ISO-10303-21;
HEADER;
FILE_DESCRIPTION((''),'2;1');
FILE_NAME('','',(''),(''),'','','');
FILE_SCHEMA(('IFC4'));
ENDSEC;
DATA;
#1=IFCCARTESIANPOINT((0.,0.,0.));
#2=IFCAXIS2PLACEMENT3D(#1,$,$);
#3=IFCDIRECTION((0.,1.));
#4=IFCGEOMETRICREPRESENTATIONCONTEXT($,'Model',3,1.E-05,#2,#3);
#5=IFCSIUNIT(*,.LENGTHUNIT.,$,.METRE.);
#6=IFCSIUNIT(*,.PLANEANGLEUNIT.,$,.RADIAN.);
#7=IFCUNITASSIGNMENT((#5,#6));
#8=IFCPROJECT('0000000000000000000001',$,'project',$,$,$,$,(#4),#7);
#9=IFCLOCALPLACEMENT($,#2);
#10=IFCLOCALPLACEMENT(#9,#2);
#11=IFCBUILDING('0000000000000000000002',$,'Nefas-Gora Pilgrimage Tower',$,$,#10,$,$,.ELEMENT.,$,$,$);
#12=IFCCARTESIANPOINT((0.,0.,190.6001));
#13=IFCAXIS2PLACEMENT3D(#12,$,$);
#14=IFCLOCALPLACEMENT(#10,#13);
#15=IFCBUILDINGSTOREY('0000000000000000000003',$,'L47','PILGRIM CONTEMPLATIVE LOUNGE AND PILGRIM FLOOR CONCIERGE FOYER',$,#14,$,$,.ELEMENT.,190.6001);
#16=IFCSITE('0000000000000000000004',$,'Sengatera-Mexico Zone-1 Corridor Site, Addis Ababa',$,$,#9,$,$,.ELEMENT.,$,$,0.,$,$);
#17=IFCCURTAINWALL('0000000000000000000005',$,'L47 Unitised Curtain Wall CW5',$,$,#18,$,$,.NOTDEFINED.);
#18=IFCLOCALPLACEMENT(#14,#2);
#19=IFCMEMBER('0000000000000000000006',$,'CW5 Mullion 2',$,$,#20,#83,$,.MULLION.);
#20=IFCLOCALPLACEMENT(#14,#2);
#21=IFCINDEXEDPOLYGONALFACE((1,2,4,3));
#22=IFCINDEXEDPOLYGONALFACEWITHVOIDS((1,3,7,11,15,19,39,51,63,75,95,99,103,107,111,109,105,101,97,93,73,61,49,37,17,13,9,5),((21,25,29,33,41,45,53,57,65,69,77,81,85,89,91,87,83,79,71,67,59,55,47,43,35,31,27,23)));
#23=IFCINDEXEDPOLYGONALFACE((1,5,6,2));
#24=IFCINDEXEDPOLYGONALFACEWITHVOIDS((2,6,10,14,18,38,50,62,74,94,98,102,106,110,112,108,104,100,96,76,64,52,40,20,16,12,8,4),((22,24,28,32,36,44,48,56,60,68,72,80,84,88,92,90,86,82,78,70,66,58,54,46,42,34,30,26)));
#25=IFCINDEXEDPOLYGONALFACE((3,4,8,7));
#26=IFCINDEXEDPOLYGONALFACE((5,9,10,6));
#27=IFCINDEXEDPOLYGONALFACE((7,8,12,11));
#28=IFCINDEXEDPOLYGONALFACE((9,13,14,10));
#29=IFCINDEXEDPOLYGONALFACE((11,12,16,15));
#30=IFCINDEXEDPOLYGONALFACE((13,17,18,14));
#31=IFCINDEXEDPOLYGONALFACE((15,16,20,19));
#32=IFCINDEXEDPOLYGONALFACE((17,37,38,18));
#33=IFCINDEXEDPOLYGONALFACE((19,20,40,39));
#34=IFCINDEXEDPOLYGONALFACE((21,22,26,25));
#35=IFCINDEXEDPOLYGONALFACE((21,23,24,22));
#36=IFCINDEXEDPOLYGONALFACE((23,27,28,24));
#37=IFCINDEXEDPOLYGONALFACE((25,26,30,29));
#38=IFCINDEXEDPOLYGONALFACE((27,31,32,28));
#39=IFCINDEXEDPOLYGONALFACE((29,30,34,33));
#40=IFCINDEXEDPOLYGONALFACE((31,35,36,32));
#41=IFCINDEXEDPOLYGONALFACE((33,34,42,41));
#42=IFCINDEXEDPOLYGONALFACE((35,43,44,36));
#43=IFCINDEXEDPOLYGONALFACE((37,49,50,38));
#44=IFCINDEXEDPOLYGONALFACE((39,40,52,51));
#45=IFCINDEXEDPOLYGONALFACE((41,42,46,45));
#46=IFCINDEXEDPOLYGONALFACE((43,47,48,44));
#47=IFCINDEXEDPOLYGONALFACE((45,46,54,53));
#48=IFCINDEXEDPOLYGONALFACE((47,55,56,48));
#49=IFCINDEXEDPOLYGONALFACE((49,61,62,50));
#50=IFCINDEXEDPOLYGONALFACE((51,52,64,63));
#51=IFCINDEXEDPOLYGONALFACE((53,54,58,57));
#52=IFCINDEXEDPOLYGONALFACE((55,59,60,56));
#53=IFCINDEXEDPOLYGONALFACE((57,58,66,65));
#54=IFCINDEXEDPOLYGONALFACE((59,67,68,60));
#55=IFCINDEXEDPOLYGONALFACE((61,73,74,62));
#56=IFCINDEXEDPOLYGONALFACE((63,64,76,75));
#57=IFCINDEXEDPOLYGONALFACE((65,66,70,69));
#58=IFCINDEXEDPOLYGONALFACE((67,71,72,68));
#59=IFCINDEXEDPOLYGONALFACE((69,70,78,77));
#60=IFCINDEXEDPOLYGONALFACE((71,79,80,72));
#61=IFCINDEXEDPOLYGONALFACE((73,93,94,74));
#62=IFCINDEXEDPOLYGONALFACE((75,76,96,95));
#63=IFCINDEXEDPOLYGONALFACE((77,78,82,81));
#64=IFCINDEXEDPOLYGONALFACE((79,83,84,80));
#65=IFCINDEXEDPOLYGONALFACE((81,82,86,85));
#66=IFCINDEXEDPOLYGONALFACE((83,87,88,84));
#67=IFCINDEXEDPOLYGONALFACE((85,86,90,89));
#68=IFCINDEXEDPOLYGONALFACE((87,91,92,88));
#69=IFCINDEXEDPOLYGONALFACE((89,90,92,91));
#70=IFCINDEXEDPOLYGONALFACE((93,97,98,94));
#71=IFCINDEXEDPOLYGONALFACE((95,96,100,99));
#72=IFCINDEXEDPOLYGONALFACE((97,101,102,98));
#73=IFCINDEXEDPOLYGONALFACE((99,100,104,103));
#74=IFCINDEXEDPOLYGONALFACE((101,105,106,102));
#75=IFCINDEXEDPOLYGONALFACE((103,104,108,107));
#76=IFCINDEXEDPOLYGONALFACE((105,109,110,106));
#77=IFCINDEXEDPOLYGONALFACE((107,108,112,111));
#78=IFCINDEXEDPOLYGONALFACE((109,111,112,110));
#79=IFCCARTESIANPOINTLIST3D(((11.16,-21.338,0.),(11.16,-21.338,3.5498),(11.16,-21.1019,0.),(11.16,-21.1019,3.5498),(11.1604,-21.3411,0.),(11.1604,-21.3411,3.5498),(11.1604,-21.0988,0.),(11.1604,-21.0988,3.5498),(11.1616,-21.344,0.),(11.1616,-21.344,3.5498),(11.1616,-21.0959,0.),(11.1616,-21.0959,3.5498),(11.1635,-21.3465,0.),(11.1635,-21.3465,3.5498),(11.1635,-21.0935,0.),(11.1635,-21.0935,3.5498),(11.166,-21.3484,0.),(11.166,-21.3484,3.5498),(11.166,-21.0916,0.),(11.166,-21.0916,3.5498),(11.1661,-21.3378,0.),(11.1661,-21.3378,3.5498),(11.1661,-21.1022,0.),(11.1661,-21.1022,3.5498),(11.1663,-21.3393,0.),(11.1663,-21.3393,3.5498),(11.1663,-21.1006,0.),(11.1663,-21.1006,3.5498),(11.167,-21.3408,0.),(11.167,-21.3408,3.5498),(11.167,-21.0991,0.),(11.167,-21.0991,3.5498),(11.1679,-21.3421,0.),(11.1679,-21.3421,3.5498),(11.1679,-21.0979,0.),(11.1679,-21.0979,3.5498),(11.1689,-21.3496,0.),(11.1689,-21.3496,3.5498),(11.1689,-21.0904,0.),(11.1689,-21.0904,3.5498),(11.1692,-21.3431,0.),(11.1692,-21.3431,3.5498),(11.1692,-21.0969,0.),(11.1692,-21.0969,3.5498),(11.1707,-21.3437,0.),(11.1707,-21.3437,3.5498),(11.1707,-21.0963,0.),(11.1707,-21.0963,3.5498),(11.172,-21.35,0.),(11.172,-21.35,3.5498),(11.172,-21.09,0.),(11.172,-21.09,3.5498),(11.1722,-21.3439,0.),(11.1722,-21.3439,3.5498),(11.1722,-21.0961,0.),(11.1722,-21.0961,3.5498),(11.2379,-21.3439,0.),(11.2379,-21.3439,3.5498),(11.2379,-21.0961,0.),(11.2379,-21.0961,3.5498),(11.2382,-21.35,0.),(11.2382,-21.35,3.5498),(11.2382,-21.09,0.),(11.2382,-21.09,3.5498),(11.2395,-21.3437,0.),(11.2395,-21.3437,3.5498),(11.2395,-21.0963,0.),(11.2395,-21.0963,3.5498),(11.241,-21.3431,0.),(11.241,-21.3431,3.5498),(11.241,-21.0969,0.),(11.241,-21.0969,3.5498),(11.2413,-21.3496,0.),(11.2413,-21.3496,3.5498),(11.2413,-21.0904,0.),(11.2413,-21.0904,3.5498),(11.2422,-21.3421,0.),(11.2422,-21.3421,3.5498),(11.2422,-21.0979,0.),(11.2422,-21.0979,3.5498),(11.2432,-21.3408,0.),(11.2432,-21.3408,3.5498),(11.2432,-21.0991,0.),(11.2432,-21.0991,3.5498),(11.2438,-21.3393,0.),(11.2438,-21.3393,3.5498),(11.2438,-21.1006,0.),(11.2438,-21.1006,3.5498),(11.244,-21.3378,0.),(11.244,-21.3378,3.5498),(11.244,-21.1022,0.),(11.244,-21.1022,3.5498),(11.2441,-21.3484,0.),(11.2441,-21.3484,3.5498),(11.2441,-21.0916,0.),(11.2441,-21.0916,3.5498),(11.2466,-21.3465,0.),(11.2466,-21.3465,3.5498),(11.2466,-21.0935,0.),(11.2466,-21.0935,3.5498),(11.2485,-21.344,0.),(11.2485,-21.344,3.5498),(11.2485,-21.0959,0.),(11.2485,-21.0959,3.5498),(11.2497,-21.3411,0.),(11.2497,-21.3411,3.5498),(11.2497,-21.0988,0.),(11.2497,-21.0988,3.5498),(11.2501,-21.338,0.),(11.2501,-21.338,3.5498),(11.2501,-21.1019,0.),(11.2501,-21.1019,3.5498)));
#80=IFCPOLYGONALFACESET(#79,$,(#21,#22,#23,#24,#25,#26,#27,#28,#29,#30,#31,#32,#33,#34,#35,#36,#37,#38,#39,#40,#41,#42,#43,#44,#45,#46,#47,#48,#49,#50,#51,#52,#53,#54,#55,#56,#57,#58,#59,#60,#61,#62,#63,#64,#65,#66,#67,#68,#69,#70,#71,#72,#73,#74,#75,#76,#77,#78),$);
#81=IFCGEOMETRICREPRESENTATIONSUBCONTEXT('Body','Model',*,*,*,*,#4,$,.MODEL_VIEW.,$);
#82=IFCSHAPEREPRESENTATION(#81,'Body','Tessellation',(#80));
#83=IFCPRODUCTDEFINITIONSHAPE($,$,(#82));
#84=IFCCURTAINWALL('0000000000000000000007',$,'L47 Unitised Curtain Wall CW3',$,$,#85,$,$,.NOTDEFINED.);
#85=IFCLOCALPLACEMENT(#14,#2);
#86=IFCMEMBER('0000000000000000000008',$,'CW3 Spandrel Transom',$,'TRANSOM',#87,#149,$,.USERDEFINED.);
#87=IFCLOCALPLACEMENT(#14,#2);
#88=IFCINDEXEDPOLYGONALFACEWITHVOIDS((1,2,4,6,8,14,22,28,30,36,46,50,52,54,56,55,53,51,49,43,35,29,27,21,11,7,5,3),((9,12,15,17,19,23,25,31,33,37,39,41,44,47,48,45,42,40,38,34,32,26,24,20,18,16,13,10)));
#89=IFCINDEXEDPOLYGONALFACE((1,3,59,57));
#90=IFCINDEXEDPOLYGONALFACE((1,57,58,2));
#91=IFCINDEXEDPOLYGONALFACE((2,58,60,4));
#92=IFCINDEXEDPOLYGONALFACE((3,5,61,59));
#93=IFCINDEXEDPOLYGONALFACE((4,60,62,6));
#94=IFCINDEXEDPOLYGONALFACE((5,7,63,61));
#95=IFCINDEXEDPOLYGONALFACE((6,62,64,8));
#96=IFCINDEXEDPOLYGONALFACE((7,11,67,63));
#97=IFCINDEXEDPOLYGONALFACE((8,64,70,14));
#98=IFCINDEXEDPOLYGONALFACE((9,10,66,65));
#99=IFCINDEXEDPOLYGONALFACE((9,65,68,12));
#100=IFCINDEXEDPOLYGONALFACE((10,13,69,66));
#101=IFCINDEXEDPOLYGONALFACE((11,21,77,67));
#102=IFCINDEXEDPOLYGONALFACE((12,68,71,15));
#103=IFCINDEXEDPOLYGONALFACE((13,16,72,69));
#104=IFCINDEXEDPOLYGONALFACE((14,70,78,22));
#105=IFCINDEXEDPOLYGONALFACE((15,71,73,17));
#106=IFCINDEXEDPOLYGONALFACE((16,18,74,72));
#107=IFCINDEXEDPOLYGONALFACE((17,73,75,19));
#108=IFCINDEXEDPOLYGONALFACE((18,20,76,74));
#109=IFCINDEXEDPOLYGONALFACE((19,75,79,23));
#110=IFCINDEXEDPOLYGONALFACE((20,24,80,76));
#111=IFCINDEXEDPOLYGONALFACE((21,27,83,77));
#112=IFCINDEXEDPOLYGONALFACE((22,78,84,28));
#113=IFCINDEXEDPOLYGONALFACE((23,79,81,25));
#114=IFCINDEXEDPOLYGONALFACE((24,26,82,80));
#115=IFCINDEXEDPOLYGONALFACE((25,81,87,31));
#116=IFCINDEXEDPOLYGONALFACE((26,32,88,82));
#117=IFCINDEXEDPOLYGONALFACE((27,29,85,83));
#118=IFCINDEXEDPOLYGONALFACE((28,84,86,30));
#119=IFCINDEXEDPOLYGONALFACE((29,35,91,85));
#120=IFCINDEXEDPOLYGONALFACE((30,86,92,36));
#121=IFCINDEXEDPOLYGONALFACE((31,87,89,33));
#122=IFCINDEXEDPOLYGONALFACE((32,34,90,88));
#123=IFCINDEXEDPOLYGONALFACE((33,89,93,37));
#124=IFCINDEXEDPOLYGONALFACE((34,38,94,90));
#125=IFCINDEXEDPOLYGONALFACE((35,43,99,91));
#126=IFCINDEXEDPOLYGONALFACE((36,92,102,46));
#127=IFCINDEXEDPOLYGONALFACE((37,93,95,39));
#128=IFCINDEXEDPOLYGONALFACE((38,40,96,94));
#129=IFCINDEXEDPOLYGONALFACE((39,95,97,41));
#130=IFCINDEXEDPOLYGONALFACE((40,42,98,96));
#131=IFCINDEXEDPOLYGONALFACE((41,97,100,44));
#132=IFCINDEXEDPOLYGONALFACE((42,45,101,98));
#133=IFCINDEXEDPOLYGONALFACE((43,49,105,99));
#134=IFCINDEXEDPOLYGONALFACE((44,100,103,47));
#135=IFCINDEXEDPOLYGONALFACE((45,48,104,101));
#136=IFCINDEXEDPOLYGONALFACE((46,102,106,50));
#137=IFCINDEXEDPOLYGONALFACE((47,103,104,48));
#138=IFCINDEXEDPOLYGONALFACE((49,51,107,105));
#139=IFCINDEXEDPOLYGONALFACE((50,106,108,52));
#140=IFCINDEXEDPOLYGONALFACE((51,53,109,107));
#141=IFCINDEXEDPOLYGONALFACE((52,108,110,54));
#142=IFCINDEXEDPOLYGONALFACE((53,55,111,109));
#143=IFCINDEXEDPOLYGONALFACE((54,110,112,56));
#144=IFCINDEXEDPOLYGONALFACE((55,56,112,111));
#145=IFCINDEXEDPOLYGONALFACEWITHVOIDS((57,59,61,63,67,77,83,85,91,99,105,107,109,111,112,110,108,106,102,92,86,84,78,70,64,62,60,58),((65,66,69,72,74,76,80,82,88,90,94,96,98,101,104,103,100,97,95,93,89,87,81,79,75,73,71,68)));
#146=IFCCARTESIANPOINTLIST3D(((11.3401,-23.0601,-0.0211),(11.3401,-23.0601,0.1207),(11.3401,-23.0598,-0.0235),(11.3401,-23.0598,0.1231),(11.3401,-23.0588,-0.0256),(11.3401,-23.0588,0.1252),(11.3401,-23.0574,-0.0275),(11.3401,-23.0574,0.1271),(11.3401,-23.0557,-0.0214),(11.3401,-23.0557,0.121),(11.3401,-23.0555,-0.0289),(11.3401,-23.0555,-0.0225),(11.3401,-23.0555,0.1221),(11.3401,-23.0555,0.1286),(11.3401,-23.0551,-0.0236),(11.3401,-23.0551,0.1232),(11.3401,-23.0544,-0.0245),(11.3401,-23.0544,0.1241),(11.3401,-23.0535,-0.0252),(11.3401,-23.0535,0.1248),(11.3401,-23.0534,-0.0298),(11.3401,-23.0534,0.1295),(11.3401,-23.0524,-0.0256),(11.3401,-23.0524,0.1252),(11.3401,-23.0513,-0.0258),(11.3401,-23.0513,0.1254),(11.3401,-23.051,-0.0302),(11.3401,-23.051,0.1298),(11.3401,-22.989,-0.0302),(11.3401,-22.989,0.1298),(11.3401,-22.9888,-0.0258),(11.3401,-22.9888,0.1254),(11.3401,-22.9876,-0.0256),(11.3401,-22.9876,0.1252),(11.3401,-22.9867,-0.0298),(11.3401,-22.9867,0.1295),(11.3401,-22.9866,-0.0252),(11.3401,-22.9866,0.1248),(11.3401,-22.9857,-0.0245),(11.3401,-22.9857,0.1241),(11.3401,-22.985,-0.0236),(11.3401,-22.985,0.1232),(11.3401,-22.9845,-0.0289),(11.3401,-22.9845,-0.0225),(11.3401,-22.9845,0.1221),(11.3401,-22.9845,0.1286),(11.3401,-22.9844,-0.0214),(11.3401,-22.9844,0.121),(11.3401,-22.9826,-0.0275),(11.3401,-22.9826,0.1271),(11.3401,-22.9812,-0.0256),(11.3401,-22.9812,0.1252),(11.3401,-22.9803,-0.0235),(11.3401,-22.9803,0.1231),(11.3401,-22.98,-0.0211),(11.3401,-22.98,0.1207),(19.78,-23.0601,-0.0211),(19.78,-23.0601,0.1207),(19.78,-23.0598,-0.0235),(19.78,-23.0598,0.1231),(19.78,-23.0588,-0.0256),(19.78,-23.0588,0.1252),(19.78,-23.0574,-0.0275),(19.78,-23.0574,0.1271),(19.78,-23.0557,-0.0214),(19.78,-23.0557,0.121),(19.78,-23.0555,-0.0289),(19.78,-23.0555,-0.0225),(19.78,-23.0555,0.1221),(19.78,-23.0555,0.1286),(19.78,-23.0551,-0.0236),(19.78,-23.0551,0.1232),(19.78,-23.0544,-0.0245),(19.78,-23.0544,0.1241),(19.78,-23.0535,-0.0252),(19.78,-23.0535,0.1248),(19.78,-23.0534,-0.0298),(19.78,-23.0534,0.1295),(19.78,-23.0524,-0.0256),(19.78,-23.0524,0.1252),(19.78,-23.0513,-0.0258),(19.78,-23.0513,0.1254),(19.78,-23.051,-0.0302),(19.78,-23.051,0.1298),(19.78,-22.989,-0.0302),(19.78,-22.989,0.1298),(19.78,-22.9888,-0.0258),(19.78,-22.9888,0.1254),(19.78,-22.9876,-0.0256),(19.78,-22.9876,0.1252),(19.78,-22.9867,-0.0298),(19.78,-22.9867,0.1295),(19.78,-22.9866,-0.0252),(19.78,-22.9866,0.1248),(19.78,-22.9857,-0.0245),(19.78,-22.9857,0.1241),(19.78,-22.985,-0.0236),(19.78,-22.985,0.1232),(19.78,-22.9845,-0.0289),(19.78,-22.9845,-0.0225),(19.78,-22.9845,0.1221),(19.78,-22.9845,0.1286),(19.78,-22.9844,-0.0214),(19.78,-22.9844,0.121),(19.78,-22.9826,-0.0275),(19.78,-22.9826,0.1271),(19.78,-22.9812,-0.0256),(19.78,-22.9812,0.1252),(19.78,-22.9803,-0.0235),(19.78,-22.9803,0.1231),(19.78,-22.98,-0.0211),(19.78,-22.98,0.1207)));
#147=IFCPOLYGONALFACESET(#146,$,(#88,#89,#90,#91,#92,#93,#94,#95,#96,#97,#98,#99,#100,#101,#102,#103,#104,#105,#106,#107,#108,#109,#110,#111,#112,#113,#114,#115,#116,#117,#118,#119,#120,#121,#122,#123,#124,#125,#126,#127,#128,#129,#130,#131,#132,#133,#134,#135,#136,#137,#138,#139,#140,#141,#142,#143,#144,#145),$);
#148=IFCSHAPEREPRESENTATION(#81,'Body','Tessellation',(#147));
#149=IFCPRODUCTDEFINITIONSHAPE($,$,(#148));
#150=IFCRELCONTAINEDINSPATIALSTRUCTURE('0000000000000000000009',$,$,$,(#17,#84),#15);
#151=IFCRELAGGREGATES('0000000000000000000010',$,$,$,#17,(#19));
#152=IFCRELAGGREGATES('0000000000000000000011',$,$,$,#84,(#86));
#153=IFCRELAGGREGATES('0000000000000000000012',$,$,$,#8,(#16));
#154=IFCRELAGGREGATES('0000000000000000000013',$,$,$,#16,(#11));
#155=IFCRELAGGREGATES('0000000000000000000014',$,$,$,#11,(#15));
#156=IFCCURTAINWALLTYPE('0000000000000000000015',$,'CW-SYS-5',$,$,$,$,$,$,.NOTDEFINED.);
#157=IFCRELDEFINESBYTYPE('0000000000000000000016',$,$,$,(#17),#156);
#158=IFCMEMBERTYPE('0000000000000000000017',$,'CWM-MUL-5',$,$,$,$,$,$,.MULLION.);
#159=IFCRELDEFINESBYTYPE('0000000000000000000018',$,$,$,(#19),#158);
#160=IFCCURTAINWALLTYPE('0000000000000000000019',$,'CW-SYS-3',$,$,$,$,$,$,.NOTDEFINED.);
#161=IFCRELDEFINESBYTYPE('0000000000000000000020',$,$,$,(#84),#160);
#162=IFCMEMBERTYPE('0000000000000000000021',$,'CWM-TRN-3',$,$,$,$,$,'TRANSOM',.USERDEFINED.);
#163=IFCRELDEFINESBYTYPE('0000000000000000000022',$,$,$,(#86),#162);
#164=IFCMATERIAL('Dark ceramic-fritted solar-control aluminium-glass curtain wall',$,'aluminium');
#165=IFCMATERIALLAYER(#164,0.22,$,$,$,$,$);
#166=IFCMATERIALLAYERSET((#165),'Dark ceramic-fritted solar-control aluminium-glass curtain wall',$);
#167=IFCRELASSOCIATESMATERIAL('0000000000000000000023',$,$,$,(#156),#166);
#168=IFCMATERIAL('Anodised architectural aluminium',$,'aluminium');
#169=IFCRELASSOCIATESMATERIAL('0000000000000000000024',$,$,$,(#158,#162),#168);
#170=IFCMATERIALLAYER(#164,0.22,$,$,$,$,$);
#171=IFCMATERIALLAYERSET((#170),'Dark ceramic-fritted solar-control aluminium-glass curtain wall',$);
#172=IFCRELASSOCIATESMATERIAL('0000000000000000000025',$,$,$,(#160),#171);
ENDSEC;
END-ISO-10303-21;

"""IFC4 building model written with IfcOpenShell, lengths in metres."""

from ifc_helpers import new_model, si_unit, direction, frame, origin, origin_2d, place, context, subcontext, project, spatial, hollow_rectangle, extrude, source, transform, mapped, material, layer, layer_set, material_profile, profile_set, type_object, element, aggregate, save


model = new_model("IFC4")

# Units and contexts
model_context = context("Model", 3, precision=1e-05, world=origin(), true_north=direction((0.0, 1.0)))
body_context = subcontext(model_context, "Body", "Model", "MODEL_VIEW")
ifc_project = project(units=[si_unit("LENGTHUNIT", "METRE"), si_unit("PLANEANGLEUNIT", "RADIAN")], contexts=[model_context])

# Site, building, storey
site_placement = place(None, origin())
site = spatial("IfcSite", under=ifc_project, at=site_placement, Name="Sengatera-Mexico Zone-1 Corridor Site, Addis Ababa", CompositionType="ELEMENT", RefElevation=0.0)
building_placement = place(site_placement, origin())
building = spatial("IfcBuilding", under=site, at=building_placement, Name="Nefas-Gora Pilgrimage Tower", CompositionType="ELEMENT")
storey_placement = place(building_placement, frame((0.0, 0.0, 190.6001)))
storey = spatial("IfcBuildingStorey", under=building, at=storey_placement, Name="L47", Description="PILGRIM CONTEMPLATIVE LOUNGE AND PILGRIM FLOOR CONCIERGE FOYER", CompositionType="ELEMENT", Elevation=190.6001)

# Curtain wall, member
ifc_material_1 = material(Name="Dark ceramic-fritted solar-control aluminium-glass curtain wall", Category="aluminium")
ifc_layer_1 = layer(ifc_material_1, 0.22)
ifc_layer_set_1 = layer_set([ifc_layer_1], Name="Dark ceramic-fritted solar-control aluminium-glass curtain wall")
curtain_wall_type_1 = type_object("IfcCurtainWallType", Name="CW-SYS-5", PredefinedType="NOTDEFINED", material=ifc_layer_set_1)
curtain_wall_1_placement = place(storey_placement, origin())
curtain_wall_1 = element("IfcCurtainWall", 1, at=curtain_wall_1_placement, inside=storey, type_object=curtain_wall_type_1, Name="L47 Unitised Curtain Wall CW5", PredefinedType="NOTDEFINED")
ifc_material_2 = material(Name="Anodised architectural aluminium", Category="aluminium")
ifc_material_profile_1 = material_profile(ifc_material_2, hollow_rectangle(XDim=0.0901, YDim=0.26, WallThickness=0.0061, InnerFilletRadius=0.0061, OuterFilletRadius=0.012, at=origin_2d()), Name="ALU MULLION 90x260")
ifc_profile_set_1 = profile_set([ifc_material_profile_1], Name="Anodised architectural aluminium")
member_type_1 = type_object("IfcMemberType", Name="CWM-MUL-5", PredefinedType="MULLION", material=ifc_profile_set_1)
shared_shape_1 = source(origin(), body_context, "Body", "SweptSolid", [
    extrude(hollow_rectangle(XDim=0.0901, YDim=0.26, WallThickness=0.0061, InnerFilletRadius=0.0061, OuterFilletRadius=0.012, at=origin_2d()), origin(), (0.0, 0.0, 1.0), 3.5498),
])
member_1_placement = place(storey_placement, frame((11.2051, -21.22, 0.0), z_axis=(0.0, 0.0, 1.0), x_axis=(1.0, 0.0, 0.0)))
member_1 = element("IfcMember", 2, at=member_1_placement, type_object=member_type_1, Name="CW5 Mullion 2", PredefinedType="MULLION", context=body_context, shape_type="MappedRepresentation", body=[
    mapped(shared_shape_1, transform((0.0, 0.0, 0.0), x_axis=(1.0, 0.0, 0.0), y_axis=(0.0, 1.0, 0.0), z_axis=(0.0, 0.0, 1.0), scale=1.0)),
])
aggregate(curtain_wall_1, [member_1])

# Curtain wall, member
ifc_layer_2 = layer(ifc_material_1, 0.22)
ifc_layer_set_2 = layer_set([ifc_layer_2], Name="Dark ceramic-fritted solar-control aluminium-glass curtain wall")
curtain_wall_type_2 = type_object("IfcCurtainWallType", Name="CW-SYS-3", PredefinedType="NOTDEFINED", material=ifc_layer_set_2)
curtain_wall_2_placement = place(storey_placement, origin())
curtain_wall_2 = element("IfcCurtainWall", 3, at=curtain_wall_2_placement, inside=storey, type_object=curtain_wall_type_2, Name="L47 Unitised Curtain Wall CW3", PredefinedType="NOTDEFINED")
ifc_material_profile_2 = material_profile(ifc_material_2, hollow_rectangle(XDim=0.0801, YDim=0.1599, WallThickness=0.0044, InnerFilletRadius=0.0044, OuterFilletRadius=0.009, at=origin_2d()), Name="ALU TRANSOM 80x160")
ifc_profile_set_2 = profile_set([ifc_material_profile_2], Name="Anodised architectural aluminium")
member_type_2 = type_object("IfcMemberType", Name="CWM-TRN-3", ElementType="TRANSOM", PredefinedType="USERDEFINED", material=ifc_profile_set_2)
shared_shape_2 = source(origin(), body_context, "Body", "SweptSolid", [
    extrude(hollow_rectangle(XDim=0.0801, YDim=0.1599, WallThickness=0.0044, InnerFilletRadius=0.0044, OuterFilletRadius=0.009, at=origin_2d()), origin(), (0.0, 0.0, 1.0), 8.4399),
])
member_2_placement = place(storey_placement, frame((11.3401, -23.02, 0.0498), z_axis=(1.0, 0.0, 0.0), x_axis=(0.0, 1.0, 0.0)))
member_2 = element("IfcMember", 4, at=member_2_placement, type_object=member_type_2, Name="CW3 Spandrel Transom", ObjectType="TRANSOM", PredefinedType="USERDEFINED", context=body_context, shape_type="MappedRepresentation", body=[
    mapped(shared_shape_2, transform((0.0, 0.0, 0.0), x_axis=(1.0, 0.0, 0.0), y_axis=(0.0, 1.0, 0.0), z_axis=(0.0, 0.0, 1.0), scale=1.0)),
])

aggregate(curtain_wall_2, [member_2])

save(model, "model.ifc")
